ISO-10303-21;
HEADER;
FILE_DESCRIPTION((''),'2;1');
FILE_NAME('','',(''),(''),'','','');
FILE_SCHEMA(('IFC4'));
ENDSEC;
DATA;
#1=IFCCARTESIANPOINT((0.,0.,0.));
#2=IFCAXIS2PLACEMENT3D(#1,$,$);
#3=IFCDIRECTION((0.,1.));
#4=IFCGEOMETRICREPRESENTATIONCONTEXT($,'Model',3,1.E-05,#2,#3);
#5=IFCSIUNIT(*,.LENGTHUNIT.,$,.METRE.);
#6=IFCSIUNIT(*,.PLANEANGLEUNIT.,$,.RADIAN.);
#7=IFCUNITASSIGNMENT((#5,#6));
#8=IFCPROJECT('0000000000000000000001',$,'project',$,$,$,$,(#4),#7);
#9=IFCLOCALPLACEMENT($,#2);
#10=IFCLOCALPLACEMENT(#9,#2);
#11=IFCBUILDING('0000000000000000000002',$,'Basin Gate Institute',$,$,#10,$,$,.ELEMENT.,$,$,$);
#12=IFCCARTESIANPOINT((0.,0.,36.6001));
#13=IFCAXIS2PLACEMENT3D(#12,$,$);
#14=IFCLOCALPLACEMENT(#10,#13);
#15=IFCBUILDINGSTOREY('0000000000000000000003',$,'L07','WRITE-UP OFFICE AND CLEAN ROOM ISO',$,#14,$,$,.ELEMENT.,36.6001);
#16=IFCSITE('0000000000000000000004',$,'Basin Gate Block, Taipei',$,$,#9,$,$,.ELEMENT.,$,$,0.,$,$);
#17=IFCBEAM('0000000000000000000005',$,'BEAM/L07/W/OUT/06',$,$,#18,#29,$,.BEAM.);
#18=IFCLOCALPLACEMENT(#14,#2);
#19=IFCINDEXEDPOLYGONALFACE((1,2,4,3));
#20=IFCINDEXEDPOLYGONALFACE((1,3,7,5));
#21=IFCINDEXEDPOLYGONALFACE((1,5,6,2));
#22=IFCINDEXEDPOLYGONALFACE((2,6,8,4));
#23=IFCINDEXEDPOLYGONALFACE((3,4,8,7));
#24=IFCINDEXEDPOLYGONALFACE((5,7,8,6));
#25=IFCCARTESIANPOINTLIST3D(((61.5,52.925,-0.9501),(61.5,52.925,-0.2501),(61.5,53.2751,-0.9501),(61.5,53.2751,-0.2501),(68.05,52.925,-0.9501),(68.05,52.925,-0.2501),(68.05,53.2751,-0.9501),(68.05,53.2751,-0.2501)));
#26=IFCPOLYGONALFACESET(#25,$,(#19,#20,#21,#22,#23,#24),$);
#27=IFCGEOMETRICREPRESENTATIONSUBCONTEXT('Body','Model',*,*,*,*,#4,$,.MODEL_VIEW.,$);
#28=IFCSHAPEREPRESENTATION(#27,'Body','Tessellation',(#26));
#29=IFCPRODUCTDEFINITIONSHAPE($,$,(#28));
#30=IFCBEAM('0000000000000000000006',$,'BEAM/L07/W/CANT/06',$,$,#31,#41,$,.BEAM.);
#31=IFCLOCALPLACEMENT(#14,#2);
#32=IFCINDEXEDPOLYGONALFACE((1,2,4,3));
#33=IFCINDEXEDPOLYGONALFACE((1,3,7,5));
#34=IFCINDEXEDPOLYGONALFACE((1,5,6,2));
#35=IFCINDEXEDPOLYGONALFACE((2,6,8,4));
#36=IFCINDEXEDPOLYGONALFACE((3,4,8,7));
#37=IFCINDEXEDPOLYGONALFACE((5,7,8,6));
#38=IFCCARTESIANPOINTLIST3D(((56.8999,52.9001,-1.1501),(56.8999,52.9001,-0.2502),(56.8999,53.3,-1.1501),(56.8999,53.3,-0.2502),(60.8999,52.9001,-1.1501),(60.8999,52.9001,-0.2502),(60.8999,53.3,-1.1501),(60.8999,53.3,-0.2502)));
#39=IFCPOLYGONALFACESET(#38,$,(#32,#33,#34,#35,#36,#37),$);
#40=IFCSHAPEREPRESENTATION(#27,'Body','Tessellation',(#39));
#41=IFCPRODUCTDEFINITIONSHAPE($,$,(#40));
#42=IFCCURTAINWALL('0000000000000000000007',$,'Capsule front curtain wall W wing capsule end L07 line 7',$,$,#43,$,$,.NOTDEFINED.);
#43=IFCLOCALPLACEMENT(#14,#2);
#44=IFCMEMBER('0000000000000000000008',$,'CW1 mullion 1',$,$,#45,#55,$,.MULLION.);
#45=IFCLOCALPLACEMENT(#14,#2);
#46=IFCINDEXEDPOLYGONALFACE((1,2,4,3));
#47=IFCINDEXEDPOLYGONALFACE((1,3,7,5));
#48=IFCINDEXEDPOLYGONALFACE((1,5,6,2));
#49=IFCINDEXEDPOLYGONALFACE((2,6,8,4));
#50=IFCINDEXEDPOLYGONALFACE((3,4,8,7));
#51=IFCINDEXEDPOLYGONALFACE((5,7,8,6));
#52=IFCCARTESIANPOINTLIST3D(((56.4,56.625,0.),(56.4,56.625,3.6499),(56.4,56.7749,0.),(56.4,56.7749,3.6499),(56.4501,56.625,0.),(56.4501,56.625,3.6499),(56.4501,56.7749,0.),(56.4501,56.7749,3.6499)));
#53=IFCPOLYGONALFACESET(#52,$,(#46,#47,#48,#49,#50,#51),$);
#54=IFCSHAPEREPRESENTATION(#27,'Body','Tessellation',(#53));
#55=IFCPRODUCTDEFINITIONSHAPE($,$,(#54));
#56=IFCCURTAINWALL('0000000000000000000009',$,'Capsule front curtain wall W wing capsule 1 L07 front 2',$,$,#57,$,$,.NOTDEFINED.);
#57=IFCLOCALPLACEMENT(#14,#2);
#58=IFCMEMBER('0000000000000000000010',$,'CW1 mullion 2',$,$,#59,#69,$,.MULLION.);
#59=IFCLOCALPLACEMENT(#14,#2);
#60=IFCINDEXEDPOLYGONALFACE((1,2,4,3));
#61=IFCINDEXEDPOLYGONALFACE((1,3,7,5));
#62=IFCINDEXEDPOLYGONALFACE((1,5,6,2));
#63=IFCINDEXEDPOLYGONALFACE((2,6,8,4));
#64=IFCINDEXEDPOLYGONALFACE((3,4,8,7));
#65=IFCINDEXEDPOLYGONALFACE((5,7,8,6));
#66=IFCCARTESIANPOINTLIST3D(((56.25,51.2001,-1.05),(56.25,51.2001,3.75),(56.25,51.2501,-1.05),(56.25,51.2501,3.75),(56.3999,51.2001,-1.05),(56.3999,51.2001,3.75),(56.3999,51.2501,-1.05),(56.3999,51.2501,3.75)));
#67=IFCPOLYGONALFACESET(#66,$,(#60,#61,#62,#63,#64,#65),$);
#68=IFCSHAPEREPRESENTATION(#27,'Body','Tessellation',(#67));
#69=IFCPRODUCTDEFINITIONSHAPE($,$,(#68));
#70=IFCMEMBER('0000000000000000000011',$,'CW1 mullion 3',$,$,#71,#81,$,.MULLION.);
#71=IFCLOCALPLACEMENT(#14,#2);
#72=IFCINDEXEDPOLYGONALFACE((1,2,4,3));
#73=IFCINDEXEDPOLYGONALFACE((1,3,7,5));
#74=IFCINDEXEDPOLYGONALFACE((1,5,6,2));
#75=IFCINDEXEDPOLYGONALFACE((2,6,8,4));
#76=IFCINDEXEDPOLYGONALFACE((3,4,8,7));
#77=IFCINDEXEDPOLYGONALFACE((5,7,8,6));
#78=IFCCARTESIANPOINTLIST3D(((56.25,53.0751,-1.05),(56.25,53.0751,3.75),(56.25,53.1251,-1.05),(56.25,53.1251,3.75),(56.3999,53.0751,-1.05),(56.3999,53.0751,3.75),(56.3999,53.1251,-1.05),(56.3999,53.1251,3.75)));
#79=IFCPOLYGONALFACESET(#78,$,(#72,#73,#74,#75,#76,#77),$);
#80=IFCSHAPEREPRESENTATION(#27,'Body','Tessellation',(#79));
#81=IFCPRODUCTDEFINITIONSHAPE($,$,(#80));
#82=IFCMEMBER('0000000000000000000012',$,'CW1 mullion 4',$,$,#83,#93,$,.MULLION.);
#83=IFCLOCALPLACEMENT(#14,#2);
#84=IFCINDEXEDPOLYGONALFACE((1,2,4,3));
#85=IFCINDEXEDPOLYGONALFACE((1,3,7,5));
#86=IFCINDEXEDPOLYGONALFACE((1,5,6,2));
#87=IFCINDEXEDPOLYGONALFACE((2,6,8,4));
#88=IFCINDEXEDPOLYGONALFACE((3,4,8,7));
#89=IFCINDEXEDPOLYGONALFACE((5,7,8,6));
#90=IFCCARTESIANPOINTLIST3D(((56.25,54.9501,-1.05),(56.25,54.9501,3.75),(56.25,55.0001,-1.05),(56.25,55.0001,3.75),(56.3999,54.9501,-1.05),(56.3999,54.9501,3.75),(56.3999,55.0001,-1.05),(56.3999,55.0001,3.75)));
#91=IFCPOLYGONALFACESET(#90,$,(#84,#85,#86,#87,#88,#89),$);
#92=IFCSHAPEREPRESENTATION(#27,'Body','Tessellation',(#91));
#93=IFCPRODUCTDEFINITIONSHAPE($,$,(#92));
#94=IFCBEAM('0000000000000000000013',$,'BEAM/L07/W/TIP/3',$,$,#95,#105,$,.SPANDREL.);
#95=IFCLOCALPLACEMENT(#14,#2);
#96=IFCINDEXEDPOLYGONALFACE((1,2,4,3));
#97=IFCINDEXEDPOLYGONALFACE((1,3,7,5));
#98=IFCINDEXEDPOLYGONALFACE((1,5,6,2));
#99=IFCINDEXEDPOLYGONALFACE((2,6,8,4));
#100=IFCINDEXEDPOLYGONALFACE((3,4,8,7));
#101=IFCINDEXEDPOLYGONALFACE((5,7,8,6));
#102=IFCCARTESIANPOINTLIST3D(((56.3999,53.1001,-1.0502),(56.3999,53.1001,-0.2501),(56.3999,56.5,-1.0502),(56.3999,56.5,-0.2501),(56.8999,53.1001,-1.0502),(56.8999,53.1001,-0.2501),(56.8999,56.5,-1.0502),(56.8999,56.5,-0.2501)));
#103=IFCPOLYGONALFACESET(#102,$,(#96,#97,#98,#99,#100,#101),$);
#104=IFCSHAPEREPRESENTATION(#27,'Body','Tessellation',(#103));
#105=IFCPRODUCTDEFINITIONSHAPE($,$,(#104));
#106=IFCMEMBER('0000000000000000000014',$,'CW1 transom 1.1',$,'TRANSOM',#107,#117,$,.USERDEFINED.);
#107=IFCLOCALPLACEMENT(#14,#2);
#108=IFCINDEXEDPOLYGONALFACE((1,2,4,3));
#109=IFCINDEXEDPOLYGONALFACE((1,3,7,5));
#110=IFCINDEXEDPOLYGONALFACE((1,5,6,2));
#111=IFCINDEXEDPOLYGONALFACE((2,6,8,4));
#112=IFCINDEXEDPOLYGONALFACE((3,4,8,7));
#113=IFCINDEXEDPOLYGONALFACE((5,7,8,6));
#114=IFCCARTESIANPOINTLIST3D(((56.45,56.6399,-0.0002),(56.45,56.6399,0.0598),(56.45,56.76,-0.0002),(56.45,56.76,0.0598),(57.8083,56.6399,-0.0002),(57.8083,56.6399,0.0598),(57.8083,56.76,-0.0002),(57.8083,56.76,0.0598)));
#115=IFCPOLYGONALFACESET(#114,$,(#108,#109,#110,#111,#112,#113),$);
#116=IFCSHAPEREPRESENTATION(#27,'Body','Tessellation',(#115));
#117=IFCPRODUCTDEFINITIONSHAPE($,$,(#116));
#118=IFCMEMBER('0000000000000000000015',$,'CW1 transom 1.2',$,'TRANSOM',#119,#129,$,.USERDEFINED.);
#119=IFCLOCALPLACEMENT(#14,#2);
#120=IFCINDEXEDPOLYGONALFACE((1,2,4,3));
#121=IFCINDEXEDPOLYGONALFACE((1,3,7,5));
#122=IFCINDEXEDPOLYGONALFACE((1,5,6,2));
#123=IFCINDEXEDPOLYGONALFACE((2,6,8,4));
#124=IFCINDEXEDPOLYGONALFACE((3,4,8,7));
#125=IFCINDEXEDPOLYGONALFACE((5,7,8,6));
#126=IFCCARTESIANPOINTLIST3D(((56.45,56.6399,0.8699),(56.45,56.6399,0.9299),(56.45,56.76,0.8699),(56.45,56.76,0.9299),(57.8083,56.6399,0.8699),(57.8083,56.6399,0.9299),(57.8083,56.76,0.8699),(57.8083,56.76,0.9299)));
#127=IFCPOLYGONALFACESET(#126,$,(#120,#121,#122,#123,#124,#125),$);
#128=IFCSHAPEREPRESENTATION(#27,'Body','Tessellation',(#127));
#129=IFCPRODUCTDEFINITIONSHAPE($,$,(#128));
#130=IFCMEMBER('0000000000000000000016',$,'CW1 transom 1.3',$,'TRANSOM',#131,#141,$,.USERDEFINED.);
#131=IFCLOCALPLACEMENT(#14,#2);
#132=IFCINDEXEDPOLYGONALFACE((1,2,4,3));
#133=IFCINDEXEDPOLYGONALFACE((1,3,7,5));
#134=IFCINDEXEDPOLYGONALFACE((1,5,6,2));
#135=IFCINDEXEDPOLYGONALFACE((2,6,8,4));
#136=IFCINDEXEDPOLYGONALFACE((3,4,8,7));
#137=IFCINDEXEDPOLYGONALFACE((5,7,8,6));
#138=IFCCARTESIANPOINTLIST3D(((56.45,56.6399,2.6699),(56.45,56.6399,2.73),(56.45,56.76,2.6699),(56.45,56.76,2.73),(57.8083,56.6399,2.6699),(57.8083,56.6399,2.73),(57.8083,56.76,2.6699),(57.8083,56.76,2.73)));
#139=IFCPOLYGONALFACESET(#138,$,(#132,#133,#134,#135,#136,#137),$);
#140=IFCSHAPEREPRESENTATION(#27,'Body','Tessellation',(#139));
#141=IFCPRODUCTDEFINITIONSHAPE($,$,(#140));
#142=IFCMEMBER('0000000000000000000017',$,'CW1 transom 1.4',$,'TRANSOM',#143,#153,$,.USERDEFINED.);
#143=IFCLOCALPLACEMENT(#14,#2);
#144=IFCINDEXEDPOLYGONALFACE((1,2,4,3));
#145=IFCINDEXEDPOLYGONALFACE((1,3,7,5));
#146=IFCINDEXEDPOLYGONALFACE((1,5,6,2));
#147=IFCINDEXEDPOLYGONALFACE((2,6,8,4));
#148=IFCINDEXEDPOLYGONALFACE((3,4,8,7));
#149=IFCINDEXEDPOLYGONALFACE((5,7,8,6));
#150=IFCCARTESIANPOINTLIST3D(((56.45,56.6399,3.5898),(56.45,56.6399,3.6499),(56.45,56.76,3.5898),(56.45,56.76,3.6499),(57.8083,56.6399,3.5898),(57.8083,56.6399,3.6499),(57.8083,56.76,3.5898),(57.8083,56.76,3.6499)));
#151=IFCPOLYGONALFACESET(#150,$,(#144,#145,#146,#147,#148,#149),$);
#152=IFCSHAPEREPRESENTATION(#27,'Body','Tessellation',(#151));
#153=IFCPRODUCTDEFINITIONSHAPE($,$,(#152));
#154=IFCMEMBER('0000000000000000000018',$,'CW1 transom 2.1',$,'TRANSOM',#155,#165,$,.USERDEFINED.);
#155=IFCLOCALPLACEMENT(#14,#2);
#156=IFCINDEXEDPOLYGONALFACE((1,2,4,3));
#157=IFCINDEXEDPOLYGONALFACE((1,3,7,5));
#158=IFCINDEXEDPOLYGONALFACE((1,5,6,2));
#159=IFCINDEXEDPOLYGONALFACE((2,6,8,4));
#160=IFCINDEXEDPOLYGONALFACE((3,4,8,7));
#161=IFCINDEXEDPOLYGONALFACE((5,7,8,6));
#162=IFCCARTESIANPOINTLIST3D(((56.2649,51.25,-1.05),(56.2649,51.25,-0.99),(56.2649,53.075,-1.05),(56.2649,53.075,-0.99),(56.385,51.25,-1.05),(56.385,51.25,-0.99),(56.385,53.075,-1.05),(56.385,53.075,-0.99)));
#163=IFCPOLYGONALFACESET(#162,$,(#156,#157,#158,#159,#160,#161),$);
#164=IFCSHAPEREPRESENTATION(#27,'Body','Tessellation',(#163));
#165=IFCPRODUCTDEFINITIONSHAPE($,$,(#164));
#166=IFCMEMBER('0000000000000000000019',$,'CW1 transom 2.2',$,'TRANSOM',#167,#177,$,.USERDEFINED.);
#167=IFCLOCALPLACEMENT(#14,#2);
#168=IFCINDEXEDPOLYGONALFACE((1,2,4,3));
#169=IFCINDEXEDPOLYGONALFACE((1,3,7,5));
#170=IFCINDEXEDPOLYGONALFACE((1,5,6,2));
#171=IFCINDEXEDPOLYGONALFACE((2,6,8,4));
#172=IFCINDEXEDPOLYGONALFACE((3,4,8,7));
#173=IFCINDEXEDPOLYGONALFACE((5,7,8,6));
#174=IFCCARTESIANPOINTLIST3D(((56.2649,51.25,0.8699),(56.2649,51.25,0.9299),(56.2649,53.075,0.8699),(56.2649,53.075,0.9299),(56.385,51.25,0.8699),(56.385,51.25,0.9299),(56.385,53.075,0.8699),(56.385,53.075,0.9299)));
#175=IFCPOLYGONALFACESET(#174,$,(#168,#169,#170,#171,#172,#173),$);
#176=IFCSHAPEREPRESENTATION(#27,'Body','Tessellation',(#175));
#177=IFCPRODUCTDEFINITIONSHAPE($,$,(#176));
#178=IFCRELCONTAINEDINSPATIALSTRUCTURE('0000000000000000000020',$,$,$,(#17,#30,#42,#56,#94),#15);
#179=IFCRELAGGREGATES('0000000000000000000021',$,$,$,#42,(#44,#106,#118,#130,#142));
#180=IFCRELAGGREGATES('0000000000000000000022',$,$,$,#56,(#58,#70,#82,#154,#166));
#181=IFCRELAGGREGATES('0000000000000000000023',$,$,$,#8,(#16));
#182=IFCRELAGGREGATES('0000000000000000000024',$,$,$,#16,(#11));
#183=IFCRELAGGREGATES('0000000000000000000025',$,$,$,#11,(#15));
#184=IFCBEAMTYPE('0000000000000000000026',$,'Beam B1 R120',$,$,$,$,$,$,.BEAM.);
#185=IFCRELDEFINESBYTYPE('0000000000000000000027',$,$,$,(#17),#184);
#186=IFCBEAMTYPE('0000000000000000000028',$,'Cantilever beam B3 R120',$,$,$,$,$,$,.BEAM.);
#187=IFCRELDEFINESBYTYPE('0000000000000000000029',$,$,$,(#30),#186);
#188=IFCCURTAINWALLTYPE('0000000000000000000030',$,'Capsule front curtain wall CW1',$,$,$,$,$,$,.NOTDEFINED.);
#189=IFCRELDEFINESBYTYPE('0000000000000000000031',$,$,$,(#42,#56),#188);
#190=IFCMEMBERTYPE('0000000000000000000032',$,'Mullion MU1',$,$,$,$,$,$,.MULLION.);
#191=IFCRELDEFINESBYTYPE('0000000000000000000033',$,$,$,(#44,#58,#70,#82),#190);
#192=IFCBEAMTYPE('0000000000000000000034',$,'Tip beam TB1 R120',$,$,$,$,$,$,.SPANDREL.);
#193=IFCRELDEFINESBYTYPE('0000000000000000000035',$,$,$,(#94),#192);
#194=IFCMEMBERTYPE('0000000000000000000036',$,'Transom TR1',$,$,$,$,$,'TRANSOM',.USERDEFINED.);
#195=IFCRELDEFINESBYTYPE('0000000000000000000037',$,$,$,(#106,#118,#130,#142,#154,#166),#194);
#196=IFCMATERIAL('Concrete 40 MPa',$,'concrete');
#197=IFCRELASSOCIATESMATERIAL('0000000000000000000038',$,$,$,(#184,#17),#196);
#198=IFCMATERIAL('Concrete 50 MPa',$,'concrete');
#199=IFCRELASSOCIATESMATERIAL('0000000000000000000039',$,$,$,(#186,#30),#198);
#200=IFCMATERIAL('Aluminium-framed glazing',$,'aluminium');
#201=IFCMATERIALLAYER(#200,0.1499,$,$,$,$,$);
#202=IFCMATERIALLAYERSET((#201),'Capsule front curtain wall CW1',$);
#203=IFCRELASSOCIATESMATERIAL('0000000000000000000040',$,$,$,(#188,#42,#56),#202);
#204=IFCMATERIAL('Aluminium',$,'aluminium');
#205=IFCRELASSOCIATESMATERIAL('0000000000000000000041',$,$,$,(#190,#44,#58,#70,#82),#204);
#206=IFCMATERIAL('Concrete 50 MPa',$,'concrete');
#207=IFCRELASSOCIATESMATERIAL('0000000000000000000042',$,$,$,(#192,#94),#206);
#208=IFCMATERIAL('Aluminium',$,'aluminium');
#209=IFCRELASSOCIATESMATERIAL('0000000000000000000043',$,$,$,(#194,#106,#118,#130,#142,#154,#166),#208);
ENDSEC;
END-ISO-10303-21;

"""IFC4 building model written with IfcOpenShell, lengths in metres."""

from ifc_helpers import new_model, si_unit, direction, frame, origin, origin_2d, place, context, subcontext, project, spatial, rectangle, extrude, material, layer, layer_set, material_profile, profile_set, type_object, element, aggregate, save


model = new_model("IFC4")

# Units and contexts
model_context = context("Model", 3, precision=1e-05, world=origin(), true_north=direction((0.0, 1.0)))
body_context = subcontext(model_context, "Body", "Model", "MODEL_VIEW")
ifc_project = project(units=[si_unit("LENGTHUNIT", "METRE"), si_unit("PLANEANGLEUNIT", "RADIAN")], contexts=[model_context])

# Site, building, storey
site_placement = place(None, origin())
site = spatial("IfcSite", under=ifc_project, at=site_placement, Name="Basin Gate Block, Taipei", CompositionType="ELEMENT", RefElevation=0.0)
building_placement = place(site_placement, origin())
building = spatial("IfcBuilding", under=site, at=building_placement, Name="Basin Gate Institute", CompositionType="ELEMENT")
storey_placement = place(building_placement, frame((0.0, 0.0, 36.6001)))
storey = spatial("IfcBuildingStorey", under=building, at=storey_placement, Name="L07", Description="WRITE-UP OFFICE AND CLEAN ROOM ISO", CompositionType="ELEMENT", Elevation=36.6001)

# Beams
ifc_material_1 = material(Name="Concrete 40 MPa", Category="concrete")
ifc_material_profile_1 = material_profile(ifc_material_1, rectangle(XDim=0.3501, YDim=0.7, at=origin_2d()), Name="Beam B1 350 x 700")
ifc_profile_set_1 = profile_set([ifc_material_profile_1], Name="Concrete 40 MPa")
beam_type_1 = type_object("IfcBeamType", Name="Beam B1 R120", PredefinedType="BEAM", material=ifc_profile_set_1)
beam_1_placement = place(storey_placement, frame((61.5, 53.1001, -0.6001), z_axis=(1.0, 0.0, 0.0), x_axis=(0.0, 1.0, 0.0)))
element("IfcBeam", 1, at=beam_1_placement, inside=storey, type_object=beam_type_1, material=ifc_profile_set_1, Name="BEAM/L07/W/OUT/06", PredefinedType="BEAM", context=body_context, shape_type="SweptSolid", body=[
    extrude(rectangle(XDim=0.3501, YDim=0.7, at=origin_2d()), origin(), (0.0, 0.0, 1.0), 6.55),
])
ifc_material_2 = material(Name="Concrete 50 MPa", Category="concrete")
ifc_material_profile_2 = material_profile(ifc_material_2, rectangle(XDim=0.3999, YDim=0.8999, at=origin_2d()), Name="Cantilever beam B3 400 x 900")
ifc_profile_set_2 = profile_set([ifc_material_profile_2], Name="Concrete 50 MPa")
beam_type_2 = type_object("IfcBeamType", Name="Cantilever beam B3 R120", PredefinedType="BEAM", material=ifc_profile_set_2)
beam_2_placement = place(storey_placement, frame((56.8999, 53.1001, -0.7002), z_axis=(1.0, 0.0, 0.0), x_axis=(0.0, 1.0, 0.0)))
element("IfcBeam", 2, at=beam_2_placement, inside=storey, type_object=beam_type_2, material=ifc_profile_set_2, Name="BEAM/L07/W/CANT/06", PredefinedType="BEAM", context=body_context, shape_type="SweptSolid", body=[
    extrude(rectangle(XDim=0.3999, YDim=0.8999, at=origin_2d()), origin(), (0.0, 0.0, 1.0), 4.0),
])

# Curtain wall, member
ifc_material_3 = material(Name="Aluminium-framed glazing", Category="aluminium")
ifc_layer_1 = layer(ifc_material_3, 0.1499)
ifc_layer_set_1 = layer_set([ifc_layer_1], Name="Capsule front curtain wall CW1")
curtain_wall_type = type_object("IfcCurtainWallType", Name="Capsule front curtain wall CW1", PredefinedType="NOTDEFINED", material=ifc_layer_set_1)
curtain_wall_1_placement = place(storey_placement, origin())
curtain_wall_1 = element("IfcCurtainWall", 3, at=curtain_wall_1_placement, inside=storey, type_object=curtain_wall_type, material=ifc_layer_set_1, Name="Capsule front curtain wall W wing capsule end L07 line 7", PredefinedType="NOTDEFINED")
ifc_material_4 = material(Name="Aluminium", Category="aluminium")
ifc_material_profile_3 = material_profile(ifc_material_4, rectangle(XDim=0.1499, YDim=0.05, at=origin_2d()), Name="Mullion MU1 150 x 50")
ifc_profile_set_3 = profile_set([ifc_material_profile_3], Name="Aluminium")
member_type_1 = type_object("IfcMemberType", Name="Mullion MU1", PredefinedType="MULLION", material=ifc_profile_set_3)
member_1_placement = place(storey_placement, frame((56.425, 56.7, 0.0), z_axis=(0.0, 0.0, 1.0), x_axis=(0.0, 1.0, 0.0)))
member_1 = element("IfcMember", 4, at=member_1_placement, type_object=member_type_1, material=ifc_profile_set_3, Name="CW1 mullion 1", PredefinedType="MULLION", context=body_context, shape_type="SweptSolid", body=[
    extrude(rectangle(XDim=0.1499, YDim=0.05, at=origin_2d()), origin(), (0.0, 0.0, 1.0), 3.6499),
])

# Curtain wall, members
curtain_wall_2_placement = place(storey_placement, origin())
curtain_wall_2 = element("IfcCurtainWall", 5, at=curtain_wall_2_placement, inside=storey, type_object=curtain_wall_type, material=ifc_layer_set_1, Name="Capsule front curtain wall W wing capsule 1 L07 front 2", PredefinedType="NOTDEFINED")
member_2_placement = place(storey_placement, frame((56.325, 51.2251, -1.05), z_axis=(0.0, 0.0, 1.0), x_axis=(-1.0, 0.0, 0.0)))
member_2 = element("IfcMember", 6, at=member_2_placement, type_object=member_type_1, material=ifc_profile_set_3, Name="CW1 mullion 2", PredefinedType="MULLION", context=body_context, shape_type="SweptSolid", body=[
    extrude(rectangle(XDim=0.1499, YDim=0.05, at=origin_2d()), origin(), (0.0, 0.0, 1.0), 4.8),
])
member_3_placement = place(storey_placement, frame((56.325, 53.1001, -1.05), z_axis=(0.0, 0.0, 1.0), x_axis=(-1.0, 0.0, 0.0)))
member_3 = element("IfcMember", 7, at=member_3_placement, type_object=member_type_1, material=ifc_profile_set_3, Name="CW1 mullion 3", PredefinedType="MULLION", context=body_context, shape_type="SweptSolid", body=[
    extrude(rectangle(XDim=0.1499, YDim=0.05, at=origin_2d()), origin(), (0.0, 0.0, 1.0), 4.8),
])
member_4_placement = place(storey_placement, frame((56.325, 54.9751, -1.05), z_axis=(0.0, 0.0, 1.0), x_axis=(-1.0, 0.0, 0.0)))
member_4 = element("IfcMember", 8, at=member_4_placement, type_object=member_type_1, material=ifc_profile_set_3, Name="CW1 mullion 4", PredefinedType="MULLION", context=body_context, shape_type="SweptSolid", body=[
    extrude(rectangle(XDim=0.1499, YDim=0.05, at=origin_2d()), origin(), (0.0, 0.0, 1.0), 4.8),
])

# Beam
ifc_material_5 = material(Name="Concrete 50 MPa", Category="concrete")
ifc_material_profile_4 = material_profile(ifc_material_5, rectangle(XDim=0.5, YDim=0.8, at=origin_2d()), Name="Tip beam TB1 500 x 800")
ifc_profile_set_4 = profile_set([ifc_material_profile_4], Name="Concrete 50 MPa")
beam_type_3 = type_object("IfcBeamType", Name="Tip beam TB1 R120", PredefinedType="SPANDREL", material=ifc_profile_set_4)
beam_3_placement = place(storey_placement, frame((56.6499, 53.1001, -0.6501), z_axis=(0.0, 1.0, 0.0), x_axis=(-1.0, 0.0, 0.0)))
element("IfcBeam", 9, at=beam_3_placement, inside=storey, type_object=beam_type_3, material=ifc_profile_set_4, Name="BEAM/L07/W/TIP/3", PredefinedType="SPANDREL", context=body_context, shape_type="SweptSolid", body=[
    extrude(rectangle(XDim=0.5, YDim=0.8, at=origin_2d()), origin(), (0.0, 0.0, 1.0), 3.3999),
])

# Members
ifc_material_6 = material(Name="Aluminium", Category="aluminium")
ifc_material_profile_5 = material_profile(ifc_material_6, rectangle(XDim=0.1201, YDim=0.0601, at=origin_2d()), Name="Transom TR1 120 x 60")
ifc_profile_set_5 = profile_set([ifc_material_profile_5], Name="Aluminium")
member_type_2 = type_object("IfcMemberType", Name="Transom TR1", ElementType="TRANSOM", PredefinedType="USERDEFINED", material=ifc_profile_set_5)
member_5_placement = place(storey_placement, frame((56.45, 56.7, 0.0298), z_axis=(1.0, 0.0, 0.0), x_axis=(0.0, 1.0, 0.0)))
member_5 = element("IfcMember", 10, at=member_5_placement, type_object=member_type_2, material=ifc_profile_set_5, Name="CW1 transom 1.1", ObjectType="TRANSOM", PredefinedType="USERDEFINED", context=body_context, shape_type="SweptSolid", body=[
    extrude(rectangle(XDim=0.1201, YDim=0.0601, at=origin_2d()), origin(), (0.0, 0.0, 1.0), 1.3584),
])
member_6_placement = place(storey_placement, frame((56.45, 56.7, 0.8999), z_axis=(1.0, 0.0, 0.0), x_axis=(0.0, 1.0, 0.0)))
member_6 = element("IfcMember", 11, at=member_6_placement, type_object=member_type_2, material=ifc_profile_set_5, Name="CW1 transom 1.2", ObjectType="TRANSOM", PredefinedType="USERDEFINED", context=body_context, shape_type="SweptSolid", body=[
    extrude(rectangle(XDim=0.1201, YDim=0.0601, at=origin_2d()), origin(), (0.0, 0.0, 1.0), 1.3584),
])
member_7_placement = place(storey_placement, frame((56.45, 56.7, 2.7), z_axis=(1.0, 0.0, 0.0), x_axis=(0.0, 1.0, 0.0)))
member_7 = element("IfcMember", 12, at=member_7_placement, type_object=member_type_2, material=ifc_profile_set_5, Name="CW1 transom 1.3", ObjectType="TRANSOM", PredefinedType="USERDEFINED", context=body_context, shape_type="SweptSolid", body=[
    extrude(rectangle(XDim=0.1201, YDim=0.0601, at=origin_2d()), origin(), (0.0, 0.0, 1.0), 1.3584),
])
member_8_placement = place(storey_placement, frame((56.45, 56.7, 3.6199), z_axis=(1.0, 0.0, 0.0), x_axis=(0.0, 1.0, 0.0)))
member_8 = element("IfcMember", 13, at=member_8_placement, type_object=member_type_2, material=ifc_profile_set_5, Name="CW1 transom 1.4", ObjectType="TRANSOM", PredefinedType="USERDEFINED", context=body_context, shape_type="SweptSolid", body=[
    extrude(rectangle(XDim=0.1201, YDim=0.0601, at=origin_2d()), origin(), (0.0, 0.0, 1.0), 1.3584),
])
aggregate(curtain_wall_1, [member_1, member_5, member_6, member_7, member_8])
member_9_placement = place(storey_placement, frame((56.325, 51.25, -1.02), z_axis=(0.0, 1.0, 0.0), x_axis=(-1.0, 0.0, 0.0)))
member_9 = element("IfcMember", 14, at=member_9_placement, type_object=member_type_2, material=ifc_profile_set_5, Name="CW1 transom 2.1", ObjectType="TRANSOM", PredefinedType="USERDEFINED", context=body_context, shape_type="SweptSolid", body=[
    extrude(rectangle(XDim=0.1201, YDim=0.0601, at=origin_2d()), origin(), (0.0, 0.0, 1.0), 1.825),
])
member_10_placement = place(storey_placement, frame((56.325, 51.25, 0.8999), z_axis=(0.0, 1.0, 0.0), x_axis=(-1.0, 0.0, 0.0)))
member_10 = element("IfcMember", 15, at=member_10_placement, type_object=member_type_2, material=ifc_profile_set_5, Name="CW1 transom 2.2", ObjectType="TRANSOM", PredefinedType="USERDEFINED", context=body_context, shape_type="SweptSolid", body=[
    extrude(rectangle(XDim=0.1201, YDim=0.0601, at=origin_2d()), origin(), (0.0, 0.0, 1.0), 1.825),
])

aggregate(curtain_wall_2, [member_2, member_3, member_4, member_9, member_10])

save(model, "model.ifc")
